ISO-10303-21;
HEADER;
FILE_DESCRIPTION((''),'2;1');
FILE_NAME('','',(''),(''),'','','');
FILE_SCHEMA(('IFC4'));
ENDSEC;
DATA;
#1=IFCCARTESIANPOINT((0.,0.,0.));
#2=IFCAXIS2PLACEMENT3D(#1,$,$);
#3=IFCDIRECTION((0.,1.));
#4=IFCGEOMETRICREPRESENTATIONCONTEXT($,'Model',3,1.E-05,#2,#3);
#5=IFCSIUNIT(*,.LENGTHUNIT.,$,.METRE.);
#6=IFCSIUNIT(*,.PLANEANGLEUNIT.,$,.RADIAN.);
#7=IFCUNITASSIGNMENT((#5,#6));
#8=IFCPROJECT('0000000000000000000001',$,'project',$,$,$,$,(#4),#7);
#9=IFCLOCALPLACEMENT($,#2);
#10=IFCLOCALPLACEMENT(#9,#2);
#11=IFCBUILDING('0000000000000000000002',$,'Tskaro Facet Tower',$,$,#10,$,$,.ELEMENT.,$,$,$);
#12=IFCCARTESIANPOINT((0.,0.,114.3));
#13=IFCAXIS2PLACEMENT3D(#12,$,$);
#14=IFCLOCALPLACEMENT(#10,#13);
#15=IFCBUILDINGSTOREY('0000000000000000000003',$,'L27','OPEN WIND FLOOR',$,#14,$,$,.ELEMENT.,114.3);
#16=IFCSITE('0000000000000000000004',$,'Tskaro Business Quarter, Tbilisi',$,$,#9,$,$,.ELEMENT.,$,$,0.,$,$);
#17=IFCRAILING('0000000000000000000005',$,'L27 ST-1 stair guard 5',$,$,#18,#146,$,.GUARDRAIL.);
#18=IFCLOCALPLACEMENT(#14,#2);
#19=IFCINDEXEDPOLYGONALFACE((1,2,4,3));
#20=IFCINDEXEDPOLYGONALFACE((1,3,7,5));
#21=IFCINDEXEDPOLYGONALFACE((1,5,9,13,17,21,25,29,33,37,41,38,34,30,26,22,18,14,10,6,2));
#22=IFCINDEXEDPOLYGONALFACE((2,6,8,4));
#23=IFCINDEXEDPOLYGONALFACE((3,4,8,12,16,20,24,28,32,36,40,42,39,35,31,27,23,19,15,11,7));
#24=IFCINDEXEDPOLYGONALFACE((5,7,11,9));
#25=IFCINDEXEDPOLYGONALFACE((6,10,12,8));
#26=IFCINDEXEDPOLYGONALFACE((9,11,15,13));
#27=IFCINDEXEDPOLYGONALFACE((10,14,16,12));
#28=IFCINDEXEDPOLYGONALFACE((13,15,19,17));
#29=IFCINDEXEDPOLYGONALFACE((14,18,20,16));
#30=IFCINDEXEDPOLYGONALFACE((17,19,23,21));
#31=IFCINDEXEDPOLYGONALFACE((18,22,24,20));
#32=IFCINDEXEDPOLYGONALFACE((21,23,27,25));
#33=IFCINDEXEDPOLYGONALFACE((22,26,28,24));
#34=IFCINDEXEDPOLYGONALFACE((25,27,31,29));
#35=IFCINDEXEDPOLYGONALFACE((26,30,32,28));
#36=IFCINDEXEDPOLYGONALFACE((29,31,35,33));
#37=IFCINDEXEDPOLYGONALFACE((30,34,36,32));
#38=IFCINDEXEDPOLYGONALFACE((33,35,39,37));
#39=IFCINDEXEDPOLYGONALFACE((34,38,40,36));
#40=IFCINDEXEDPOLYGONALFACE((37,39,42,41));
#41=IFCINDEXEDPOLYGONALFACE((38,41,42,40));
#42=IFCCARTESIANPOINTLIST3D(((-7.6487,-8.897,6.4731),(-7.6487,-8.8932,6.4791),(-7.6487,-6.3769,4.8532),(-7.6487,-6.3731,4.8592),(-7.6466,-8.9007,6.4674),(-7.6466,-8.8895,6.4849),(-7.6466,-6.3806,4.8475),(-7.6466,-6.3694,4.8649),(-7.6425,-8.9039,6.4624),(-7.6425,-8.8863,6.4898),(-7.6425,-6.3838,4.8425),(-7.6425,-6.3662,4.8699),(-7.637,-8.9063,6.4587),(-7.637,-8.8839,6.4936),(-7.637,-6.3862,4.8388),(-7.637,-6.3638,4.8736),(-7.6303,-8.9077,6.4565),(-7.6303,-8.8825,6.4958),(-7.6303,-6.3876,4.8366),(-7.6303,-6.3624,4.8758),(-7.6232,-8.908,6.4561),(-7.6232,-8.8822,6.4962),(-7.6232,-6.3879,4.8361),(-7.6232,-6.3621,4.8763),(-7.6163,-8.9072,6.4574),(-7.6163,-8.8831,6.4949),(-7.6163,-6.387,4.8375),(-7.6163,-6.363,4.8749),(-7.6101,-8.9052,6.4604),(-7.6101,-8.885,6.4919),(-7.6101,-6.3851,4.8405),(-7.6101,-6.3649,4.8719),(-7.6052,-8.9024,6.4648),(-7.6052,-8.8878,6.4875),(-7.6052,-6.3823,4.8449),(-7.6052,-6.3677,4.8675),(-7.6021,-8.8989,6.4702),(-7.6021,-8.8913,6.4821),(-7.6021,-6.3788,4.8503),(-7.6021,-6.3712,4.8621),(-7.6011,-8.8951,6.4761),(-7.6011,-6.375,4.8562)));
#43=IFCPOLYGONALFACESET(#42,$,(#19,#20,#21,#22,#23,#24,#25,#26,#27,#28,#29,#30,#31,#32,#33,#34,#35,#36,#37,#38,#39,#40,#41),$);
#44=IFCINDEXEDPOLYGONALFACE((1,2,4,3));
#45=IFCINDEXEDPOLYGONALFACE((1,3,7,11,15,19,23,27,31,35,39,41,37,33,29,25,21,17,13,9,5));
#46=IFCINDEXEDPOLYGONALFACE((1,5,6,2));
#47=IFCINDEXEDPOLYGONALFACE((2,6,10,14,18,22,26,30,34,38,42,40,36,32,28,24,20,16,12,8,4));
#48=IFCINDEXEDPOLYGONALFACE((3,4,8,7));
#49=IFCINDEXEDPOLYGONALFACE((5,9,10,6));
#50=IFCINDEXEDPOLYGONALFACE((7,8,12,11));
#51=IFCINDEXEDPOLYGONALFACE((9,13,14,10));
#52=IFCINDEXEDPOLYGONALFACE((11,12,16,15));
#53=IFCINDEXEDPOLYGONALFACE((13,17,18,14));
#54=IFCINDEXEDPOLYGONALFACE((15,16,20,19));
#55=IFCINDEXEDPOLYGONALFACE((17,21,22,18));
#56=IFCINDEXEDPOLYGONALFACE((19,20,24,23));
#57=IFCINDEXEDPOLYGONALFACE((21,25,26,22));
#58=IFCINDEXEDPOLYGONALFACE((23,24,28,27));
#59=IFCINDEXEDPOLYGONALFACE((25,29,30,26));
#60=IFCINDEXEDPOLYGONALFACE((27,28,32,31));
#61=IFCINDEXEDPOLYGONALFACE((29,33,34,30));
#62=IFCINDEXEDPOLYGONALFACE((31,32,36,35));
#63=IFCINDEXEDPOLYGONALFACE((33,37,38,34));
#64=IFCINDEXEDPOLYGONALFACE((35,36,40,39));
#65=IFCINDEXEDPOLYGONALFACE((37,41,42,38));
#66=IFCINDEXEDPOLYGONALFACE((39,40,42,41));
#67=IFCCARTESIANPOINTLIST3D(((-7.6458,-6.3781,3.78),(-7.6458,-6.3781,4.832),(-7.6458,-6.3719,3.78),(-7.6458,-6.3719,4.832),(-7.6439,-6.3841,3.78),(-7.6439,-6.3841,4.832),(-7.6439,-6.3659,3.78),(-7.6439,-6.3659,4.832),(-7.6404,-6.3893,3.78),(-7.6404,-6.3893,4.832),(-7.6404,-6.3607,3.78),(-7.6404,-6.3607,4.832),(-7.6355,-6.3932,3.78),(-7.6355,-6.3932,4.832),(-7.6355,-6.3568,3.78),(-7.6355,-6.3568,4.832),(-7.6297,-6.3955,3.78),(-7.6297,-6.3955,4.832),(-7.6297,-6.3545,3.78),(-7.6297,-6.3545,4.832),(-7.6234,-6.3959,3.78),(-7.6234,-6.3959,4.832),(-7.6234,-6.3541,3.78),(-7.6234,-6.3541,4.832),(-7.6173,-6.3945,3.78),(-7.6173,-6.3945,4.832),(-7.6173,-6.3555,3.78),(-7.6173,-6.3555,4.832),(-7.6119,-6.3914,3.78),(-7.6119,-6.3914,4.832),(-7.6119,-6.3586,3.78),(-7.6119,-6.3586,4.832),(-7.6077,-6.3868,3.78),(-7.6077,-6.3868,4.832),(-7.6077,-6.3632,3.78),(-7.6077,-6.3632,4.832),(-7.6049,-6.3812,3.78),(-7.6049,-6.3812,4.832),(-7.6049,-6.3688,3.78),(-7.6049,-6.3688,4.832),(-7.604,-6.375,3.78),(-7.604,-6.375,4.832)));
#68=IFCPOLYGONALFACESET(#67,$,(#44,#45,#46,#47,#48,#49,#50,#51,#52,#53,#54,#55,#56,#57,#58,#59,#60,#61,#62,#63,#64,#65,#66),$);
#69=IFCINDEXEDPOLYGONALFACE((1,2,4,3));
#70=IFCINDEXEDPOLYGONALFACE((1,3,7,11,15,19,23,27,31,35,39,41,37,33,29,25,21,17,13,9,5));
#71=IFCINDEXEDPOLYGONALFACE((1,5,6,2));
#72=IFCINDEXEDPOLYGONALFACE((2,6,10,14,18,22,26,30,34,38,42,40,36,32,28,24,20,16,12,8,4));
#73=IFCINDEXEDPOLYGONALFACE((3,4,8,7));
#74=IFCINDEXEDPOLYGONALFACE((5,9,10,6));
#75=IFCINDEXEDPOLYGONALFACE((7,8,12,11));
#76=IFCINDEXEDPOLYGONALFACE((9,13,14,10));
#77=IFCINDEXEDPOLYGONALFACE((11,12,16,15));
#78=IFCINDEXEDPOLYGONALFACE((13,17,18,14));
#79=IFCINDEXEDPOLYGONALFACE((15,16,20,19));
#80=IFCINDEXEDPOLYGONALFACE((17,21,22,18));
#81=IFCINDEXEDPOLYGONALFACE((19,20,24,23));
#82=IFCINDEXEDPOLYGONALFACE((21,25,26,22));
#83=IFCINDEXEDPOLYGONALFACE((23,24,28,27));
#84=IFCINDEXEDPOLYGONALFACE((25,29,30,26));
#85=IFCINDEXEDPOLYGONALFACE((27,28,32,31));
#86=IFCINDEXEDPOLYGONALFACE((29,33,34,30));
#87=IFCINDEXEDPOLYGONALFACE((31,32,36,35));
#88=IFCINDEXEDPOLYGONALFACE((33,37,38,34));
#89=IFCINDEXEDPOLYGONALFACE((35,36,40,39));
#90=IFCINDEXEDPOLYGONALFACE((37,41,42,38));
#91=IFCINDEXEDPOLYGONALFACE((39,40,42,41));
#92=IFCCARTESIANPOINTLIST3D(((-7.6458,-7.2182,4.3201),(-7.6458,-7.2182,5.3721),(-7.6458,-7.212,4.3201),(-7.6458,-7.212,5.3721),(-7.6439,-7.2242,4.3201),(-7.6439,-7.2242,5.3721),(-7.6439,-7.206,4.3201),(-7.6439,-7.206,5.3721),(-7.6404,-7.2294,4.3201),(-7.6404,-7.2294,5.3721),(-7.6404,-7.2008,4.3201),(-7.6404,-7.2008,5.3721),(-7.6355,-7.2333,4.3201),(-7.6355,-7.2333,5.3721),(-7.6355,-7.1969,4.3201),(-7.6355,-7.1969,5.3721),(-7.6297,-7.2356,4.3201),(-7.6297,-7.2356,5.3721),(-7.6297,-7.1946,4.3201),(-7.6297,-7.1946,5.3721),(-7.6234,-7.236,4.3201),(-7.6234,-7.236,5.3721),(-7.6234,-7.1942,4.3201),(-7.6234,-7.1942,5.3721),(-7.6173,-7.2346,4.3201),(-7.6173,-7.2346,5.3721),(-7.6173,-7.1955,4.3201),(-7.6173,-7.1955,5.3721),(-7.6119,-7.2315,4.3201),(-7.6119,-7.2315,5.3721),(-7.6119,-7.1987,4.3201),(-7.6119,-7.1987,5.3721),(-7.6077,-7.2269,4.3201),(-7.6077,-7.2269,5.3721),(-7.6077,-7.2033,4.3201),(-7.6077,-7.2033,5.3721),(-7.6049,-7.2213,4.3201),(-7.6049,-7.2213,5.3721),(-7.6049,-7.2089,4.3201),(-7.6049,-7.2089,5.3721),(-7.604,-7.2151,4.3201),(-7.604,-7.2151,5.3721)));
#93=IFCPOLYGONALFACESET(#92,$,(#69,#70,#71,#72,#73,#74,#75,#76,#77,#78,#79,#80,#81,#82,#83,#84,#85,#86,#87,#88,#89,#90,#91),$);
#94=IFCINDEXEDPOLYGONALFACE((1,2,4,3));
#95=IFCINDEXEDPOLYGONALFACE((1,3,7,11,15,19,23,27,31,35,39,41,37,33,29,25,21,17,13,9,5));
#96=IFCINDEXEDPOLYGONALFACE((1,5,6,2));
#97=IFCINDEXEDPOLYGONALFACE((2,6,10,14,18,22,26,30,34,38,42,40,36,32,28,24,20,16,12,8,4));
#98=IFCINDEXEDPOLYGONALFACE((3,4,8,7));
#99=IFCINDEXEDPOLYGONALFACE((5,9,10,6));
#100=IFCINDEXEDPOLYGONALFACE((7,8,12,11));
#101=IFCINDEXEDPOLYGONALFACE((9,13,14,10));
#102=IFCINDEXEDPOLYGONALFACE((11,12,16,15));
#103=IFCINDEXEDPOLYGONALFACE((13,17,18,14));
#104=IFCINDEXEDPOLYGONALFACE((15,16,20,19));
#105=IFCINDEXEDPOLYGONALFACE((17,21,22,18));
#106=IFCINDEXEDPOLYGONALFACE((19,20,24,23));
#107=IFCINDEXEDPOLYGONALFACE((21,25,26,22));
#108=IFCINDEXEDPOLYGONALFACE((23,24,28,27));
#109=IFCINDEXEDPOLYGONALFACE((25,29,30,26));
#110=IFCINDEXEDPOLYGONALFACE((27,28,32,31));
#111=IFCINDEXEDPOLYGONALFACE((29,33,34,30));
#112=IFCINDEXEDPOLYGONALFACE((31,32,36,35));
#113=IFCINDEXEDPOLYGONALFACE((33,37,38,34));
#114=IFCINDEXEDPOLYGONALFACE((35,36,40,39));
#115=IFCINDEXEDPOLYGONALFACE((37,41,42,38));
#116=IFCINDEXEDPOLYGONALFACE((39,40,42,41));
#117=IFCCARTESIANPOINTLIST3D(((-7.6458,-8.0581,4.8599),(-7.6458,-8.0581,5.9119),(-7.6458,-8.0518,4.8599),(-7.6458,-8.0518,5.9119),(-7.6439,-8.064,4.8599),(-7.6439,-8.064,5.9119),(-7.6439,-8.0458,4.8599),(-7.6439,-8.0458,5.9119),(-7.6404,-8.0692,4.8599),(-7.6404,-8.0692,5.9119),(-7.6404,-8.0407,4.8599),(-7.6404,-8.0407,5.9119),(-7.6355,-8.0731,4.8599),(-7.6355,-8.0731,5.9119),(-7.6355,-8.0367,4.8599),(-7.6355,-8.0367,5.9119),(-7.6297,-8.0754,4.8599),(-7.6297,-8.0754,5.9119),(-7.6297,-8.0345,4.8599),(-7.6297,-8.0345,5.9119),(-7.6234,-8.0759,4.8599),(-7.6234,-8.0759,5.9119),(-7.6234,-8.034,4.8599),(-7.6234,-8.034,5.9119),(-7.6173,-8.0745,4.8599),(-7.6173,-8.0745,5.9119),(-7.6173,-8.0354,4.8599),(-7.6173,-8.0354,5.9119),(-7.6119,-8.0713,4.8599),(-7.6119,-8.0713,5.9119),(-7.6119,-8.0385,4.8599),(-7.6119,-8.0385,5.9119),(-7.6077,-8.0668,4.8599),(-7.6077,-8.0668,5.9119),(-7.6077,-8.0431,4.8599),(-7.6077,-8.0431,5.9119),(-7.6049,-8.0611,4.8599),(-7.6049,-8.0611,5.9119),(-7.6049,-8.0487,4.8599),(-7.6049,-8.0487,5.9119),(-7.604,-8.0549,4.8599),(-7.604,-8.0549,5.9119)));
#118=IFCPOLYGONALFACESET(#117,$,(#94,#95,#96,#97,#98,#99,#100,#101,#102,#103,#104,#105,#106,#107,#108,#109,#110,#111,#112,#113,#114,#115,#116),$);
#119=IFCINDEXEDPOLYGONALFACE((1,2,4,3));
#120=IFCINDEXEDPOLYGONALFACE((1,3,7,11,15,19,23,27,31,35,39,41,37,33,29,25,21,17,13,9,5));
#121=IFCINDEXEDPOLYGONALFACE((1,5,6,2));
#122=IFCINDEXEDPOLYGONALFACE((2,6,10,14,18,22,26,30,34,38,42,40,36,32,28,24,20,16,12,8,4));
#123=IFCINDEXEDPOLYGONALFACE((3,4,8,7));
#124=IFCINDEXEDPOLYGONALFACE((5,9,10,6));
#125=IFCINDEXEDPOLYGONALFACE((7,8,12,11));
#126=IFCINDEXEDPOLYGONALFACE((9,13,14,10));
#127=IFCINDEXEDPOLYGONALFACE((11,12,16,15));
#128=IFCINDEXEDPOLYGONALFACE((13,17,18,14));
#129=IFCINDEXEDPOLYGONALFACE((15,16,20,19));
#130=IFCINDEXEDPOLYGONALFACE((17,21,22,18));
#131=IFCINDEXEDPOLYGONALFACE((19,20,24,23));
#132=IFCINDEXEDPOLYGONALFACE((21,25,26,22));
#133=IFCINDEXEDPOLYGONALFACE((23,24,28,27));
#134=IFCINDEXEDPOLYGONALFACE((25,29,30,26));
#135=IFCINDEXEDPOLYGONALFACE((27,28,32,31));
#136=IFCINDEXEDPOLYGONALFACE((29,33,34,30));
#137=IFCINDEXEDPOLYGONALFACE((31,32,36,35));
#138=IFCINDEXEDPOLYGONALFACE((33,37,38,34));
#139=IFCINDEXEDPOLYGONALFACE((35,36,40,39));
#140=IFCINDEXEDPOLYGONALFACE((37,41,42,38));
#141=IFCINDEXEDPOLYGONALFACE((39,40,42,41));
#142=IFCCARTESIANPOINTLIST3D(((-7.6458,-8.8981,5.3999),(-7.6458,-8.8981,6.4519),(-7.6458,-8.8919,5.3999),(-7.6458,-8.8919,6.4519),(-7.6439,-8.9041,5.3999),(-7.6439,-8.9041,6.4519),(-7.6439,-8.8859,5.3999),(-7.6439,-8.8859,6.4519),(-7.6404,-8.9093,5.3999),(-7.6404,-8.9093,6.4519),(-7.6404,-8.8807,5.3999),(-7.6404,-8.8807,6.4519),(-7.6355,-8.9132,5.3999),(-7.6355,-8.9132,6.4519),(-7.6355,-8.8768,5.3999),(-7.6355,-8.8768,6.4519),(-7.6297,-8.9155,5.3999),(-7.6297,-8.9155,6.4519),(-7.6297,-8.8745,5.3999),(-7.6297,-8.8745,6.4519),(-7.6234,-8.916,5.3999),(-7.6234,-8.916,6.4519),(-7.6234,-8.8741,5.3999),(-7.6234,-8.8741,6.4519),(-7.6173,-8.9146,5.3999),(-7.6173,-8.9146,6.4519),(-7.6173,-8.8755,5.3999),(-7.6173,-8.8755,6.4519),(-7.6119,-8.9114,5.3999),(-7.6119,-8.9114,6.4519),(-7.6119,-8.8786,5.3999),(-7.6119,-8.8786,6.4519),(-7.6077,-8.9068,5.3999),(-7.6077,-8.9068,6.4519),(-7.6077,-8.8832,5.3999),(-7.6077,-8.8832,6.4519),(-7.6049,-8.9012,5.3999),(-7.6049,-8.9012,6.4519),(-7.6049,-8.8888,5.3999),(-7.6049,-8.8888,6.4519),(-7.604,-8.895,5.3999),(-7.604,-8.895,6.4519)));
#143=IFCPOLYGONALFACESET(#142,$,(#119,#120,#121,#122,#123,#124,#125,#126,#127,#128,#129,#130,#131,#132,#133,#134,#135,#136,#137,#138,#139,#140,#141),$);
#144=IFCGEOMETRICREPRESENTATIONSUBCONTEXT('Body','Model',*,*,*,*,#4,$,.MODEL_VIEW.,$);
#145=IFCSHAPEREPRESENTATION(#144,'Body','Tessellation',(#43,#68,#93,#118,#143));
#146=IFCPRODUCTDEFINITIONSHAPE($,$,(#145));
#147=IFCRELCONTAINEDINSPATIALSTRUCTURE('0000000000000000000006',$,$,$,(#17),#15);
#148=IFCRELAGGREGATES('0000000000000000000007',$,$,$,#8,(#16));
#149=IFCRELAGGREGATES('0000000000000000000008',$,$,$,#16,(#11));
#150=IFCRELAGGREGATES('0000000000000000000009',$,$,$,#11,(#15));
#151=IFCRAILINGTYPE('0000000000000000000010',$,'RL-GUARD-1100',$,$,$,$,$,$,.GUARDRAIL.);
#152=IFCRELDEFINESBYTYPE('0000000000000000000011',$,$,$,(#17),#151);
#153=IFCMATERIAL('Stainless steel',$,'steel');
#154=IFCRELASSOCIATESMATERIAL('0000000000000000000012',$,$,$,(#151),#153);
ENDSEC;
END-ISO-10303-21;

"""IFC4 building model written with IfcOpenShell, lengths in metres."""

from ifc_helpers import new_model, si_unit, direction, frame, origin, origin_2d, place, context, subcontext, project, spatial, circle, extrude, material, type_object, element, save


model = new_model("IFC4")

# Units and contexts
model_context = context("Model", 3, precision=1e-05, world=origin(), true_north=direction((0.0, 1.0)))
body_context = subcontext(model_context, "Body", "Model", "MODEL_VIEW")
ifc_project = project(units=[si_unit("LENGTHUNIT", "METRE"), si_unit("PLANEANGLEUNIT", "RADIAN")], contexts=[model_context])

# Site, building, storey
site_placement = place(None, origin())
site = spatial("IfcSite", under=ifc_project, at=site_placement, Name="Tskaro Business Quarter, Tbilisi", CompositionType="ELEMENT", RefElevation=0.0)
building_placement = place(site_placement, origin())
building = spatial("IfcBuilding", under=site, at=building_placement, Name="Tskaro Facet Tower", CompositionType="ELEMENT")
storey_placement = place(building_placement, frame((0.0, 0.0, 114.3)))
storey = spatial("IfcBuildingStorey", under=building, at=storey_placement, Name="L27", Description="OPEN WIND FLOOR", CompositionType="ELEMENT", Elevation=114.3)

# Shared definitions
ifc_material_1 = material(Name="Stainless steel", Category="steel")

# Railing
railing_type_1 = type_object("IfcRailingType", Name="RL-GUARD-1100", PredefinedType="GUARDRAIL", material=ifc_material_1)
railing_1_placement = place(storey_placement, frame((-7.625, -6.375, 3.78)))
element("IfcRailing", 1, at=railing_1_placement, inside=storey, type_object=railing_type_1, Name="L27 ST-1 stair guard 5", PredefinedType="GUARDRAIL", context=body_context, shape_type="SweptSolid", body=[
    extrude(circle(Radius=0.0239, at=origin_2d()), frame((0.0, 0.0, 1.0762), z_axis=(0.0, -0.8412, 0.540725), x_axis=(1.0, 0.0, 0.0)), (0.0, 0.0, 1.0), 2.9958),
    extrude(circle(Radius=0.021, at=origin_2d()), origin(), (0.0, 0.0, 1.0), 1.052),
    extrude(circle(Radius=0.021, at=origin_2d()), frame((0.0, -0.8401, 0.54)), (0.0, 0.0, 1.0), 1.052),
    extrude(circle(Radius=0.021, at=origin_2d()), frame((0.0, -1.6799, 1.0798)), (0.0, 0.0, 1.0), 1.052),
    extrude(circle(Radius=0.021, at=origin_2d()), frame((0.0, -2.52, 1.6199)), (0.0, 0.0, 1.0), 1.052),
])

save(model, "model.ifc")
